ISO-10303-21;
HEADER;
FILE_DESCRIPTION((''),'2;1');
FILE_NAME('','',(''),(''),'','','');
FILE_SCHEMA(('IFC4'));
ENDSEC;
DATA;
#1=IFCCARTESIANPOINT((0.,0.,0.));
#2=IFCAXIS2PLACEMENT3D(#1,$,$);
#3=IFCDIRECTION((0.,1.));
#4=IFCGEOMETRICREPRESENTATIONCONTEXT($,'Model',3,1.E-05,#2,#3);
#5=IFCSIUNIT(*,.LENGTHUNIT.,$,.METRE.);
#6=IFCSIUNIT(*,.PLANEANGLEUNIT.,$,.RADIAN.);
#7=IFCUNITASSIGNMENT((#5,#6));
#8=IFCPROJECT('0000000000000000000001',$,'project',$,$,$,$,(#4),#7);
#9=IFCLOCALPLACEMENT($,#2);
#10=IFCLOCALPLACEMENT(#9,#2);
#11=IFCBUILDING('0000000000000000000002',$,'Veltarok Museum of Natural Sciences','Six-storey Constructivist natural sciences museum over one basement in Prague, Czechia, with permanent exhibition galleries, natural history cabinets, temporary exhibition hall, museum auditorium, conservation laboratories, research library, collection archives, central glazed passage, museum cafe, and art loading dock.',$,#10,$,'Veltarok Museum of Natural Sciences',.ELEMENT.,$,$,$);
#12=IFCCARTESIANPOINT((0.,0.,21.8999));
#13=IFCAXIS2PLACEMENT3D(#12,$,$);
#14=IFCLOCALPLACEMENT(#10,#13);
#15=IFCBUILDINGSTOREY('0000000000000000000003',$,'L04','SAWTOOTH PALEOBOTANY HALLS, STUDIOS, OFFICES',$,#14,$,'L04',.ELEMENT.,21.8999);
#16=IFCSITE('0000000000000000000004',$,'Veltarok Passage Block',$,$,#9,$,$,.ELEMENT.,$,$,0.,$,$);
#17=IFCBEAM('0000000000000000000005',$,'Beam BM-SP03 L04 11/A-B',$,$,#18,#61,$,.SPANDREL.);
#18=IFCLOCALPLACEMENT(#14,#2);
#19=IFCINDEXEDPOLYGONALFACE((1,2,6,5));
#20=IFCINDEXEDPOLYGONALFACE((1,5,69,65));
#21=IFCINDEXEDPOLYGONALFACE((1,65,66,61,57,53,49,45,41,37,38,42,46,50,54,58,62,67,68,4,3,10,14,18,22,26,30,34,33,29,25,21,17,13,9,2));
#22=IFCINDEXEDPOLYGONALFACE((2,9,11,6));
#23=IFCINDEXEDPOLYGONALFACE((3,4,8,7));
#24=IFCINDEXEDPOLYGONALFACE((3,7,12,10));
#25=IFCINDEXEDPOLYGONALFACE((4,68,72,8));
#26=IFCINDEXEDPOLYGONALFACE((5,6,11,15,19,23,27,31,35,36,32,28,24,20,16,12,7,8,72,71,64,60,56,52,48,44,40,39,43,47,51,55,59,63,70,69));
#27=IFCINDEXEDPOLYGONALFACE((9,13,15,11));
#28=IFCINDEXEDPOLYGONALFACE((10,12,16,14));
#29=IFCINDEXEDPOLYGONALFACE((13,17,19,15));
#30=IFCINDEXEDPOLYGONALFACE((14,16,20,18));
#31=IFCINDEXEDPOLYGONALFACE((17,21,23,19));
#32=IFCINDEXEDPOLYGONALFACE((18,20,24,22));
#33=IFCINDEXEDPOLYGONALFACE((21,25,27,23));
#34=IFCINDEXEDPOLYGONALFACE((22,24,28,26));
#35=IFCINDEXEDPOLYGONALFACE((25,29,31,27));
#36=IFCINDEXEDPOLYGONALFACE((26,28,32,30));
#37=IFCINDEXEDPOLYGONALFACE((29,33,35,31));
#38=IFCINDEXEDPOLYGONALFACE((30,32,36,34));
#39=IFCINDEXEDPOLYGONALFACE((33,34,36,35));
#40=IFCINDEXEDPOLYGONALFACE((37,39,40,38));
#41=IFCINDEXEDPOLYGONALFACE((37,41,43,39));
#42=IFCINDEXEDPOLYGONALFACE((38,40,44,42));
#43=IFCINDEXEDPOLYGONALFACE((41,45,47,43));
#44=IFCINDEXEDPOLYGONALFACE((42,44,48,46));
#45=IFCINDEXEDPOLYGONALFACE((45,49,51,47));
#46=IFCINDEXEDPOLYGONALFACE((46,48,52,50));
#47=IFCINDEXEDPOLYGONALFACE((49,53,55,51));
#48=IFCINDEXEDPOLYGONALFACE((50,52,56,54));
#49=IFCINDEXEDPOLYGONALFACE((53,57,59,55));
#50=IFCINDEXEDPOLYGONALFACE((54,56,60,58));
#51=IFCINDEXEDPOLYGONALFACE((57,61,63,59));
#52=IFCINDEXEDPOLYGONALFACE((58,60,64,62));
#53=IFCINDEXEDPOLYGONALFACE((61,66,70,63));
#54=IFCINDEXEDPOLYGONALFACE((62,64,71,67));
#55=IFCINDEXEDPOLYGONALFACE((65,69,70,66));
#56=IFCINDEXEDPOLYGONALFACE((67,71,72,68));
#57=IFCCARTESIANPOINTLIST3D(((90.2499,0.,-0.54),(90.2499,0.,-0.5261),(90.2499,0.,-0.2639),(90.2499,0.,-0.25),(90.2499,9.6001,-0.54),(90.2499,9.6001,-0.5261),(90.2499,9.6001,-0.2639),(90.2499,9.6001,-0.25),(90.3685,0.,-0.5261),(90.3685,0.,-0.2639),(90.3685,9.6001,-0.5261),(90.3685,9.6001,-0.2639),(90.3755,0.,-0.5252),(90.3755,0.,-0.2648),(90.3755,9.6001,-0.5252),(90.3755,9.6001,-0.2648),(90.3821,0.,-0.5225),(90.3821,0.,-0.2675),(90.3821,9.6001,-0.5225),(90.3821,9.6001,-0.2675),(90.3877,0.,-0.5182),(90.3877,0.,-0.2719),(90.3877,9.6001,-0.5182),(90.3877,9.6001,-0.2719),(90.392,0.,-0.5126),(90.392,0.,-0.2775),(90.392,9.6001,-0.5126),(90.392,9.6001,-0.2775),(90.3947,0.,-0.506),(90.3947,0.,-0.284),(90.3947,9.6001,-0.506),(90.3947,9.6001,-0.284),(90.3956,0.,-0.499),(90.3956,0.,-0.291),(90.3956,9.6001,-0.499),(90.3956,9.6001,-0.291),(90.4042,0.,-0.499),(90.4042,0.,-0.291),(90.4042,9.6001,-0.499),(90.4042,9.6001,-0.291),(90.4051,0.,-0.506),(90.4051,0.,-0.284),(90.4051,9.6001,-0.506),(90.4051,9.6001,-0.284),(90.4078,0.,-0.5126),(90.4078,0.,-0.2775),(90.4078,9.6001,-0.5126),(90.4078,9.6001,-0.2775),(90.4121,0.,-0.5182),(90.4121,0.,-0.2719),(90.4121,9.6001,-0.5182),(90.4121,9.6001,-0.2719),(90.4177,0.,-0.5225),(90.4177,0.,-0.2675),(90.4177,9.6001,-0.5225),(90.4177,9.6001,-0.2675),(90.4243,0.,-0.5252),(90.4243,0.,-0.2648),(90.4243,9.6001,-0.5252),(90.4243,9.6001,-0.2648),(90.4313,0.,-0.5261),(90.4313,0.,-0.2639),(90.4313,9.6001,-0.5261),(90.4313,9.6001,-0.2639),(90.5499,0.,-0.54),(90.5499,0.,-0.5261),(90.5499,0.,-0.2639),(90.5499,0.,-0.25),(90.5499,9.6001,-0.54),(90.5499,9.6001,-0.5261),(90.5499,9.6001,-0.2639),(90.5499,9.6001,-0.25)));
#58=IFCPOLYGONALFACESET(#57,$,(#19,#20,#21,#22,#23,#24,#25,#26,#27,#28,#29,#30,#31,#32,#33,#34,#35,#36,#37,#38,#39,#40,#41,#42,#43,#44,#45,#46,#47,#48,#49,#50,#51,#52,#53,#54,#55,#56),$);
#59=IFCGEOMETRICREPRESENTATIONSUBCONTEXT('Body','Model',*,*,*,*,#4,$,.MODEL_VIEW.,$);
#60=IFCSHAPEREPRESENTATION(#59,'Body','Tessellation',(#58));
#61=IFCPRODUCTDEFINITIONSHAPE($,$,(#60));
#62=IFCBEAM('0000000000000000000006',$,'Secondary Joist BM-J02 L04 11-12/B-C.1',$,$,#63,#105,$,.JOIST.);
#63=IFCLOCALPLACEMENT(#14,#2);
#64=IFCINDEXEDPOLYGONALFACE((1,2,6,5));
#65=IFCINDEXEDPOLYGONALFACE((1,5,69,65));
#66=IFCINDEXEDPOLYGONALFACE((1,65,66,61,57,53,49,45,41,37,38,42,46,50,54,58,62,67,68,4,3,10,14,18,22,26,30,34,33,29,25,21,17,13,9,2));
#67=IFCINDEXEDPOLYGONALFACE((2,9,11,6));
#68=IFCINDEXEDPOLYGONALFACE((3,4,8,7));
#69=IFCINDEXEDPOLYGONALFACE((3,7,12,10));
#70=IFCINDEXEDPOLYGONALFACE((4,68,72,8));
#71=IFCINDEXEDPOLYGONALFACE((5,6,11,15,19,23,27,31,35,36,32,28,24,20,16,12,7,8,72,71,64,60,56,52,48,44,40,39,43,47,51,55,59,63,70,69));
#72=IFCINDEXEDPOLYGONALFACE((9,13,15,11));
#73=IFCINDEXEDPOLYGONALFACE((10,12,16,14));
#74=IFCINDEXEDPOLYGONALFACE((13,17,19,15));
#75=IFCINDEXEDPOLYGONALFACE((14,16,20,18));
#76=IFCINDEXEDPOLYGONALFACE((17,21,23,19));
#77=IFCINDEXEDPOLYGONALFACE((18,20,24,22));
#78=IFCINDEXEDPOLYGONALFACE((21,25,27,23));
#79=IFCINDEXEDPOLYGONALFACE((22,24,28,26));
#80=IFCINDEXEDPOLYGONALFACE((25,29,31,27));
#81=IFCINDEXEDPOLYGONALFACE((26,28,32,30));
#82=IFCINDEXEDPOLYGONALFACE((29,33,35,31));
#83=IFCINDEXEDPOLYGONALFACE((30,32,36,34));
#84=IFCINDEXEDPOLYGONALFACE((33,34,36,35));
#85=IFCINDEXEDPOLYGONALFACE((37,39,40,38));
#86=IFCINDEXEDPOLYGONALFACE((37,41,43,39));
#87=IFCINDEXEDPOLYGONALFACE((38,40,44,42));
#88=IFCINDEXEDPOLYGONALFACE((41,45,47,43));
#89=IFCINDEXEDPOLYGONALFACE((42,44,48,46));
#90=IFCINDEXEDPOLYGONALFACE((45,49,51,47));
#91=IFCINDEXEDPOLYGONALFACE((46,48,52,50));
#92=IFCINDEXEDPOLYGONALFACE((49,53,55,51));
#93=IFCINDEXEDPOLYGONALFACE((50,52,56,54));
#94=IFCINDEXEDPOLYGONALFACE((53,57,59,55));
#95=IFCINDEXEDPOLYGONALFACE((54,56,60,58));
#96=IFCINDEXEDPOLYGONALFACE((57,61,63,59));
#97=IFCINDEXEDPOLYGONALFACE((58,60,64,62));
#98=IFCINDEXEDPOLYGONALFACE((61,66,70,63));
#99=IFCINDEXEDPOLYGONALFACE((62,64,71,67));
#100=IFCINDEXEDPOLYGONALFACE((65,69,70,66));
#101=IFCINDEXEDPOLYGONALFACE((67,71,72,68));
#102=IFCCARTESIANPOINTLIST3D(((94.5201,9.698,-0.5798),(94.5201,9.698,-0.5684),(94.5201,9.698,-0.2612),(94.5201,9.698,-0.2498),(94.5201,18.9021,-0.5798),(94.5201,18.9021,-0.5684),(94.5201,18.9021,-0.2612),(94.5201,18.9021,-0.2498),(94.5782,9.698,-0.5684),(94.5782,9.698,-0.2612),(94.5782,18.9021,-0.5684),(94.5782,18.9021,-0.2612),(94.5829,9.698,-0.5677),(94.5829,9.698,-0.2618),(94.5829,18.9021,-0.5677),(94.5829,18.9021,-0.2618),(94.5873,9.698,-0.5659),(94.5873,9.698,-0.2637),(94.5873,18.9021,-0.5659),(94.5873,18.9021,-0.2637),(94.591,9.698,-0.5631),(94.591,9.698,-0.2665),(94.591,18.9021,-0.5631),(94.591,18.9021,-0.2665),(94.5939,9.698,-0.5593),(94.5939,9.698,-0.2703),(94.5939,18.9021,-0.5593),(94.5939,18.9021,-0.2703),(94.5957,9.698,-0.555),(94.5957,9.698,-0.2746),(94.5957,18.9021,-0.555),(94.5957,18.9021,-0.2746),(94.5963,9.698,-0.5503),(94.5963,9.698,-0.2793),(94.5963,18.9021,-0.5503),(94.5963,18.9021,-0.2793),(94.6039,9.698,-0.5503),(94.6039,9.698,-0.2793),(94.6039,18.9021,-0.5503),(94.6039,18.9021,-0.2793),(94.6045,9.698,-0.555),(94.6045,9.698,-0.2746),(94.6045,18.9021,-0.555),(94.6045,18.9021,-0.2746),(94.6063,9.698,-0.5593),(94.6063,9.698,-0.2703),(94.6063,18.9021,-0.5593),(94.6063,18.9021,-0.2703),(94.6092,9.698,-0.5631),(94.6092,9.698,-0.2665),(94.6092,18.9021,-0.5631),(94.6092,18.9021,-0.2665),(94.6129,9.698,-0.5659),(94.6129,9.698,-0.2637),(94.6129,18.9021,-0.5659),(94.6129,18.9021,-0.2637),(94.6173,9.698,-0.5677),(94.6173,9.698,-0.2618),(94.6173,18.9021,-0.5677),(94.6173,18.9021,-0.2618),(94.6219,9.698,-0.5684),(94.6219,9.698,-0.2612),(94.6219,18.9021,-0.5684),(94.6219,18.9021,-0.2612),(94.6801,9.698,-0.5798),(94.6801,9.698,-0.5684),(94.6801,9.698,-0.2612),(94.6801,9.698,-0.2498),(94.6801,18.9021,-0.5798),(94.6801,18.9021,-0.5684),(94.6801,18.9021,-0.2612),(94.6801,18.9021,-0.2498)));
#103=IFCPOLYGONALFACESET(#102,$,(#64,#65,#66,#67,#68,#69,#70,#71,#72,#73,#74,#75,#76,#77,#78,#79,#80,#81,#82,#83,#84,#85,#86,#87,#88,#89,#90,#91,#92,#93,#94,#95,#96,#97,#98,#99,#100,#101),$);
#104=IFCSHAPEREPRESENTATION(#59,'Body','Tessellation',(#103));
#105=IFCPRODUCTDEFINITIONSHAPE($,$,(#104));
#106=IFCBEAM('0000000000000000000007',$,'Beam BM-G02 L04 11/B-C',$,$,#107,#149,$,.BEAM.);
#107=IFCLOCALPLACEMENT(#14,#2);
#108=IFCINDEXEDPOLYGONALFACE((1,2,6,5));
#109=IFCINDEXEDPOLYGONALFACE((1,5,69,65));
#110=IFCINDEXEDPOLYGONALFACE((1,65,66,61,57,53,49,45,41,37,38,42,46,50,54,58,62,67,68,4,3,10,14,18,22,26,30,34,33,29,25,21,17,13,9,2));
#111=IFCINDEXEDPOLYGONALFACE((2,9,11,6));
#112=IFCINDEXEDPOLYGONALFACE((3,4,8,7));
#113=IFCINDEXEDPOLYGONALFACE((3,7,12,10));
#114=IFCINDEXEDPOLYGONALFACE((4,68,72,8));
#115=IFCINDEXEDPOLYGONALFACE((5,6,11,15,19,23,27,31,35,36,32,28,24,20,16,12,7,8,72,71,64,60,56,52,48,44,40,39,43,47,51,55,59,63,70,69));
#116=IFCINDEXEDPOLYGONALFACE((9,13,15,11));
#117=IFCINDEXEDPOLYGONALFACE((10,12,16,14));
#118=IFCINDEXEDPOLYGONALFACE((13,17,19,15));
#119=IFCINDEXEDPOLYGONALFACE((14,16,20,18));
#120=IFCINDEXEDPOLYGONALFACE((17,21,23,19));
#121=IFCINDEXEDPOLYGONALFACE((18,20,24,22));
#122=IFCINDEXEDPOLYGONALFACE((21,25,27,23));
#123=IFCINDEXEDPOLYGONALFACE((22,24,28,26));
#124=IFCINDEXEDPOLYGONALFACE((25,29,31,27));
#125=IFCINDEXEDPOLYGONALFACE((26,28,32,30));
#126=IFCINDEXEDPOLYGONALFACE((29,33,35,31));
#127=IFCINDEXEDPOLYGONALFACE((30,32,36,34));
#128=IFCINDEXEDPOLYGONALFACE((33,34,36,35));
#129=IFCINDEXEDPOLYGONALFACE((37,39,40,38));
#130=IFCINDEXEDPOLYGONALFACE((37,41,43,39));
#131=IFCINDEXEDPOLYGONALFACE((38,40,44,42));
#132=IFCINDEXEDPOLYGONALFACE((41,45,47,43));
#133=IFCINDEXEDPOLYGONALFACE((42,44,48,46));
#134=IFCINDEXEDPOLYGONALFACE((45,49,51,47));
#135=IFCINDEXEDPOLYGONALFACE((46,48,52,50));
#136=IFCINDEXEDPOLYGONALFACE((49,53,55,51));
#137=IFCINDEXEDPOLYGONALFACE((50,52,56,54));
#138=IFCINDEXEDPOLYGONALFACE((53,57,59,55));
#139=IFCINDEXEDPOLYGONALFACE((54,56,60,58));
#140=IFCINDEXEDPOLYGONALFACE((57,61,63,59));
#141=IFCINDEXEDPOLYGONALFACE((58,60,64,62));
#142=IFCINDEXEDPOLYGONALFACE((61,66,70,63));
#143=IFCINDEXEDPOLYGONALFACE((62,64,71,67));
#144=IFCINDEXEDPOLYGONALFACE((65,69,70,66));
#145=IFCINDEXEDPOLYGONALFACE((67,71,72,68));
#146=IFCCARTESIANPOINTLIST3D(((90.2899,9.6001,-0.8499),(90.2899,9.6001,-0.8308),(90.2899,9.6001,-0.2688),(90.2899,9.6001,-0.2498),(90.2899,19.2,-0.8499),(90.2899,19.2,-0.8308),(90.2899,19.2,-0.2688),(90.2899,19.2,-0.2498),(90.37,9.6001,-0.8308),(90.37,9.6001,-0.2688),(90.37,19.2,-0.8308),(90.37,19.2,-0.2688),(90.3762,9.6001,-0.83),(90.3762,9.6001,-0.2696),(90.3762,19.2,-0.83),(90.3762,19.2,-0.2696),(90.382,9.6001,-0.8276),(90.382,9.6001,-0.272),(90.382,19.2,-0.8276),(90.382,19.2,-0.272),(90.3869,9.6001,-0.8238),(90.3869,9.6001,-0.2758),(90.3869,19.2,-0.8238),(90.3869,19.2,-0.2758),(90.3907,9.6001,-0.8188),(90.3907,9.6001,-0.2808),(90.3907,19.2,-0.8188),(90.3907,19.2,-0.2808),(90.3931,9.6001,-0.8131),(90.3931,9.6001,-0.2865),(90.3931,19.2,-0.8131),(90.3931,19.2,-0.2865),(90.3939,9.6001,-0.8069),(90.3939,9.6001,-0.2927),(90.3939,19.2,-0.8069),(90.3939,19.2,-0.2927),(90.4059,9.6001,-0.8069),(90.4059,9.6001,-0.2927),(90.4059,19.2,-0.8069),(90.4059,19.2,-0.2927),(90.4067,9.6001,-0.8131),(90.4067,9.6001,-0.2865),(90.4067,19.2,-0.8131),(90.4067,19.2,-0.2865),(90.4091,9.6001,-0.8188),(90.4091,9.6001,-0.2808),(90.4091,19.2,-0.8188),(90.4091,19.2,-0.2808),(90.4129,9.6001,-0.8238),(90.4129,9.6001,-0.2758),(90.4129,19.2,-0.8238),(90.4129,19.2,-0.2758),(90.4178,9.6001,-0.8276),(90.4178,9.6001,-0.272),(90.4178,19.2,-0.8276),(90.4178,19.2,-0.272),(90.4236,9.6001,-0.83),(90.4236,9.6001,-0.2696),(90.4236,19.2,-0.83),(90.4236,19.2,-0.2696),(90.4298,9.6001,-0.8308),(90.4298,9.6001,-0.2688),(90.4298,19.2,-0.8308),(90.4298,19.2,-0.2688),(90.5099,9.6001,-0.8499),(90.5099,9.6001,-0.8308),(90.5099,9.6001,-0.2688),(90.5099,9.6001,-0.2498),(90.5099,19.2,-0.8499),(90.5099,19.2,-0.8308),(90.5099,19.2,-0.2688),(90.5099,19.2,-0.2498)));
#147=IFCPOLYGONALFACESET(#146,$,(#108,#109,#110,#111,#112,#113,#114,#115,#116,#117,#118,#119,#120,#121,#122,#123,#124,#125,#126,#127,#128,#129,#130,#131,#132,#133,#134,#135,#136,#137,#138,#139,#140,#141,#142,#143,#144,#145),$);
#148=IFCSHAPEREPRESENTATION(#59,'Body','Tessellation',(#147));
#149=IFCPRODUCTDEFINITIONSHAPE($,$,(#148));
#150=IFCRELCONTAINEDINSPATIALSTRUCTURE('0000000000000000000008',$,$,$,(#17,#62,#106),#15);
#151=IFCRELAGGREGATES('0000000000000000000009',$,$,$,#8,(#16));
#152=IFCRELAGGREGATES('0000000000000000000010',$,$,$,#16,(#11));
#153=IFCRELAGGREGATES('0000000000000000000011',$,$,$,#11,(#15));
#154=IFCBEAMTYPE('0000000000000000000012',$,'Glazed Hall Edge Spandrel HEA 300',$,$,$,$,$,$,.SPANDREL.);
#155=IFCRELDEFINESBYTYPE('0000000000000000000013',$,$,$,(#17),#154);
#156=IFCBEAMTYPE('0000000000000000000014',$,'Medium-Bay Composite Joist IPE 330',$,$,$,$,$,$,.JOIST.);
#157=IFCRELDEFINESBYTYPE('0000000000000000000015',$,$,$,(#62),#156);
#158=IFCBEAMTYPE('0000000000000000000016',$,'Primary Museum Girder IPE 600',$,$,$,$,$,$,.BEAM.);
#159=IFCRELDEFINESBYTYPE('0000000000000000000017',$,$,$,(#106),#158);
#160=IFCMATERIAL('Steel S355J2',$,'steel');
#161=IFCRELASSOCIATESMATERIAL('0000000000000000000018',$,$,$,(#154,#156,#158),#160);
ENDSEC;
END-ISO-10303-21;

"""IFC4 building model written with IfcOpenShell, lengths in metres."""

from ifc_helpers import new_model, si_unit, direction, frame, origin, origin_2d, place, context, subcontext, project, spatial, i_section, extrude, material, material_profile, profile_set, type_object, element, save


model = new_model("IFC4")

# Units and contexts
model_context = context("Model", 3, precision=1e-05, world=origin(), true_north=direction((0.0, 1.0)))
body_context = subcontext(model_context, "Body", "Model", "MODEL_VIEW")
ifc_project = project(units=[si_unit("LENGTHUNIT", "METRE"), si_unit("PLANEANGLEUNIT", "RADIAN")], contexts=[model_context])

# Site, building, storey
site_placement = place(None, origin())
site = spatial("IfcSite", under=ifc_project, at=site_placement, Name="Veltarok Passage Block", CompositionType="ELEMENT", RefElevation=0.0)
building_placement = place(site_placement, origin())
building = spatial("IfcBuilding", under=site, at=building_placement, Name="Veltarok Museum of Natural Sciences", Description="Six-storey Constructivist natural sciences museum over one basement in Prague, Czechia, with permanent exhibition galleries, natural history cabinets, temporary exhibition hall, museum auditorium, conservation laboratories, research library, collection archives, central glazed passage, museum cafe, and art loading dock.", LongName="Veltarok Museum of Natural Sciences", CompositionType="ELEMENT")
storey_placement = place(building_placement, frame((0.0, 0.0, 21.8999)))
storey = spatial("IfcBuildingStorey", under=building, at=storey_placement, Name="L04", Description="SAWTOOTH PALEOBOTANY HALLS, STUDIOS, OFFICES", LongName="L04", CompositionType="ELEMENT", Elevation=21.8999)

# Shared definitions
ifc_material_1 = material(Name="Steel S355J2", Category="steel")

# Beams
ifc_material_profile_1 = material_profile(ifc_material_1, i_section(OverallWidth=0.3, OverallDepth=0.29, WebThickness=0.0085, FlangeThickness=0.0139, FilletRadius=0.0271, at=origin_2d()), Name="HEA 300")
ifc_profile_set_1 = profile_set([ifc_material_profile_1], Name="Steel S355J2")
beam_type_1 = type_object("IfcBeamType", Name="Glazed Hall Edge Spandrel HEA 300", PredefinedType="SPANDREL", material=ifc_profile_set_1)
beam_1_placement = place(storey_placement, frame((90.3999, 0.0, -0.395), z_axis=(0.0, 1.0, 0.0), x_axis=(-1.0, 0.0, 0.0)))
element("IfcBeam", 1, at=beam_1_placement, inside=storey, type_object=beam_type_1, Name="Beam BM-SP03 L04 11/A-B", PredefinedType="SPANDREL", context=body_context, shape_type="SweptSolid", body=[
    extrude(i_section(OverallWidth=0.3, OverallDepth=0.29, WebThickness=0.0085, FlangeThickness=0.0139, FilletRadius=0.0271, at=origin_2d()), origin(), (0.0, 0.0, 1.0), 9.6001),
])
ifc_material_profile_2 = material_profile(ifc_material_1, i_section(OverallWidth=0.1599, OverallDepth=0.3301, WebThickness=0.0076, FlangeThickness=0.0115, FilletRadius=0.0181, at=origin_2d()), Name="IPE 330")
ifc_profile_set_2 = profile_set([ifc_material_profile_2], Name="Steel S355J2")
beam_type_2 = type_object("IfcBeamType", Name="Medium-Bay Composite Joist IPE 330", PredefinedType="JOIST", material=ifc_profile_set_2)
beam_2_placement = place(storey_placement, frame((94.6001, 9.698, -0.4148), z_axis=(0.0, 1.0, 0.0), x_axis=(-1.0, 0.0, 0.0)))
element("IfcBeam", 2, at=beam_2_placement, inside=storey, type_object=beam_type_2, Name="Secondary Joist BM-J02 L04 11-12/B-C.1", PredefinedType="JOIST", context=body_context, shape_type="SweptSolid", body=[
    extrude(i_section(OverallWidth=0.1599, OverallDepth=0.3301, WebThickness=0.0076, FlangeThickness=0.0115, FilletRadius=0.0181, at=origin_2d()), origin(), (0.0, 0.0, 1.0), 9.2041),
])
ifc_material_profile_3 = material_profile(ifc_material_1, i_section(OverallWidth=0.22, OverallDepth=0.6001, WebThickness=0.012, FlangeThickness=0.019, FilletRadius=0.0239, at=origin_2d()), Name="IPE 600")
ifc_profile_set_3 = profile_set([ifc_material_profile_3], Name="Steel S355J2")
beam_type_3 = type_object("IfcBeamType", Name="Primary Museum Girder IPE 600", PredefinedType="BEAM", material=ifc_profile_set_3)
beam_3_placement = place(storey_placement, frame((90.3999, 9.6001, -0.5498), z_axis=(0.0, 1.0, 0.0), x_axis=(-1.0, 0.0, 0.0)))
element("IfcBeam", 3, at=beam_3_placement, inside=storey, type_object=beam_type_3, Name="Beam BM-G02 L04 11/B-C", PredefinedType="BEAM", context=body_context, shape_type="SweptSolid", body=[
    extrude(i_section(OverallWidth=0.22, OverallDepth=0.6001, WebThickness=0.012, FlangeThickness=0.019, FilletRadius=0.0239, at=origin_2d()), origin(), (0.0, 0.0, 1.0), 9.5999),
])

save(model, "model.ifc")
